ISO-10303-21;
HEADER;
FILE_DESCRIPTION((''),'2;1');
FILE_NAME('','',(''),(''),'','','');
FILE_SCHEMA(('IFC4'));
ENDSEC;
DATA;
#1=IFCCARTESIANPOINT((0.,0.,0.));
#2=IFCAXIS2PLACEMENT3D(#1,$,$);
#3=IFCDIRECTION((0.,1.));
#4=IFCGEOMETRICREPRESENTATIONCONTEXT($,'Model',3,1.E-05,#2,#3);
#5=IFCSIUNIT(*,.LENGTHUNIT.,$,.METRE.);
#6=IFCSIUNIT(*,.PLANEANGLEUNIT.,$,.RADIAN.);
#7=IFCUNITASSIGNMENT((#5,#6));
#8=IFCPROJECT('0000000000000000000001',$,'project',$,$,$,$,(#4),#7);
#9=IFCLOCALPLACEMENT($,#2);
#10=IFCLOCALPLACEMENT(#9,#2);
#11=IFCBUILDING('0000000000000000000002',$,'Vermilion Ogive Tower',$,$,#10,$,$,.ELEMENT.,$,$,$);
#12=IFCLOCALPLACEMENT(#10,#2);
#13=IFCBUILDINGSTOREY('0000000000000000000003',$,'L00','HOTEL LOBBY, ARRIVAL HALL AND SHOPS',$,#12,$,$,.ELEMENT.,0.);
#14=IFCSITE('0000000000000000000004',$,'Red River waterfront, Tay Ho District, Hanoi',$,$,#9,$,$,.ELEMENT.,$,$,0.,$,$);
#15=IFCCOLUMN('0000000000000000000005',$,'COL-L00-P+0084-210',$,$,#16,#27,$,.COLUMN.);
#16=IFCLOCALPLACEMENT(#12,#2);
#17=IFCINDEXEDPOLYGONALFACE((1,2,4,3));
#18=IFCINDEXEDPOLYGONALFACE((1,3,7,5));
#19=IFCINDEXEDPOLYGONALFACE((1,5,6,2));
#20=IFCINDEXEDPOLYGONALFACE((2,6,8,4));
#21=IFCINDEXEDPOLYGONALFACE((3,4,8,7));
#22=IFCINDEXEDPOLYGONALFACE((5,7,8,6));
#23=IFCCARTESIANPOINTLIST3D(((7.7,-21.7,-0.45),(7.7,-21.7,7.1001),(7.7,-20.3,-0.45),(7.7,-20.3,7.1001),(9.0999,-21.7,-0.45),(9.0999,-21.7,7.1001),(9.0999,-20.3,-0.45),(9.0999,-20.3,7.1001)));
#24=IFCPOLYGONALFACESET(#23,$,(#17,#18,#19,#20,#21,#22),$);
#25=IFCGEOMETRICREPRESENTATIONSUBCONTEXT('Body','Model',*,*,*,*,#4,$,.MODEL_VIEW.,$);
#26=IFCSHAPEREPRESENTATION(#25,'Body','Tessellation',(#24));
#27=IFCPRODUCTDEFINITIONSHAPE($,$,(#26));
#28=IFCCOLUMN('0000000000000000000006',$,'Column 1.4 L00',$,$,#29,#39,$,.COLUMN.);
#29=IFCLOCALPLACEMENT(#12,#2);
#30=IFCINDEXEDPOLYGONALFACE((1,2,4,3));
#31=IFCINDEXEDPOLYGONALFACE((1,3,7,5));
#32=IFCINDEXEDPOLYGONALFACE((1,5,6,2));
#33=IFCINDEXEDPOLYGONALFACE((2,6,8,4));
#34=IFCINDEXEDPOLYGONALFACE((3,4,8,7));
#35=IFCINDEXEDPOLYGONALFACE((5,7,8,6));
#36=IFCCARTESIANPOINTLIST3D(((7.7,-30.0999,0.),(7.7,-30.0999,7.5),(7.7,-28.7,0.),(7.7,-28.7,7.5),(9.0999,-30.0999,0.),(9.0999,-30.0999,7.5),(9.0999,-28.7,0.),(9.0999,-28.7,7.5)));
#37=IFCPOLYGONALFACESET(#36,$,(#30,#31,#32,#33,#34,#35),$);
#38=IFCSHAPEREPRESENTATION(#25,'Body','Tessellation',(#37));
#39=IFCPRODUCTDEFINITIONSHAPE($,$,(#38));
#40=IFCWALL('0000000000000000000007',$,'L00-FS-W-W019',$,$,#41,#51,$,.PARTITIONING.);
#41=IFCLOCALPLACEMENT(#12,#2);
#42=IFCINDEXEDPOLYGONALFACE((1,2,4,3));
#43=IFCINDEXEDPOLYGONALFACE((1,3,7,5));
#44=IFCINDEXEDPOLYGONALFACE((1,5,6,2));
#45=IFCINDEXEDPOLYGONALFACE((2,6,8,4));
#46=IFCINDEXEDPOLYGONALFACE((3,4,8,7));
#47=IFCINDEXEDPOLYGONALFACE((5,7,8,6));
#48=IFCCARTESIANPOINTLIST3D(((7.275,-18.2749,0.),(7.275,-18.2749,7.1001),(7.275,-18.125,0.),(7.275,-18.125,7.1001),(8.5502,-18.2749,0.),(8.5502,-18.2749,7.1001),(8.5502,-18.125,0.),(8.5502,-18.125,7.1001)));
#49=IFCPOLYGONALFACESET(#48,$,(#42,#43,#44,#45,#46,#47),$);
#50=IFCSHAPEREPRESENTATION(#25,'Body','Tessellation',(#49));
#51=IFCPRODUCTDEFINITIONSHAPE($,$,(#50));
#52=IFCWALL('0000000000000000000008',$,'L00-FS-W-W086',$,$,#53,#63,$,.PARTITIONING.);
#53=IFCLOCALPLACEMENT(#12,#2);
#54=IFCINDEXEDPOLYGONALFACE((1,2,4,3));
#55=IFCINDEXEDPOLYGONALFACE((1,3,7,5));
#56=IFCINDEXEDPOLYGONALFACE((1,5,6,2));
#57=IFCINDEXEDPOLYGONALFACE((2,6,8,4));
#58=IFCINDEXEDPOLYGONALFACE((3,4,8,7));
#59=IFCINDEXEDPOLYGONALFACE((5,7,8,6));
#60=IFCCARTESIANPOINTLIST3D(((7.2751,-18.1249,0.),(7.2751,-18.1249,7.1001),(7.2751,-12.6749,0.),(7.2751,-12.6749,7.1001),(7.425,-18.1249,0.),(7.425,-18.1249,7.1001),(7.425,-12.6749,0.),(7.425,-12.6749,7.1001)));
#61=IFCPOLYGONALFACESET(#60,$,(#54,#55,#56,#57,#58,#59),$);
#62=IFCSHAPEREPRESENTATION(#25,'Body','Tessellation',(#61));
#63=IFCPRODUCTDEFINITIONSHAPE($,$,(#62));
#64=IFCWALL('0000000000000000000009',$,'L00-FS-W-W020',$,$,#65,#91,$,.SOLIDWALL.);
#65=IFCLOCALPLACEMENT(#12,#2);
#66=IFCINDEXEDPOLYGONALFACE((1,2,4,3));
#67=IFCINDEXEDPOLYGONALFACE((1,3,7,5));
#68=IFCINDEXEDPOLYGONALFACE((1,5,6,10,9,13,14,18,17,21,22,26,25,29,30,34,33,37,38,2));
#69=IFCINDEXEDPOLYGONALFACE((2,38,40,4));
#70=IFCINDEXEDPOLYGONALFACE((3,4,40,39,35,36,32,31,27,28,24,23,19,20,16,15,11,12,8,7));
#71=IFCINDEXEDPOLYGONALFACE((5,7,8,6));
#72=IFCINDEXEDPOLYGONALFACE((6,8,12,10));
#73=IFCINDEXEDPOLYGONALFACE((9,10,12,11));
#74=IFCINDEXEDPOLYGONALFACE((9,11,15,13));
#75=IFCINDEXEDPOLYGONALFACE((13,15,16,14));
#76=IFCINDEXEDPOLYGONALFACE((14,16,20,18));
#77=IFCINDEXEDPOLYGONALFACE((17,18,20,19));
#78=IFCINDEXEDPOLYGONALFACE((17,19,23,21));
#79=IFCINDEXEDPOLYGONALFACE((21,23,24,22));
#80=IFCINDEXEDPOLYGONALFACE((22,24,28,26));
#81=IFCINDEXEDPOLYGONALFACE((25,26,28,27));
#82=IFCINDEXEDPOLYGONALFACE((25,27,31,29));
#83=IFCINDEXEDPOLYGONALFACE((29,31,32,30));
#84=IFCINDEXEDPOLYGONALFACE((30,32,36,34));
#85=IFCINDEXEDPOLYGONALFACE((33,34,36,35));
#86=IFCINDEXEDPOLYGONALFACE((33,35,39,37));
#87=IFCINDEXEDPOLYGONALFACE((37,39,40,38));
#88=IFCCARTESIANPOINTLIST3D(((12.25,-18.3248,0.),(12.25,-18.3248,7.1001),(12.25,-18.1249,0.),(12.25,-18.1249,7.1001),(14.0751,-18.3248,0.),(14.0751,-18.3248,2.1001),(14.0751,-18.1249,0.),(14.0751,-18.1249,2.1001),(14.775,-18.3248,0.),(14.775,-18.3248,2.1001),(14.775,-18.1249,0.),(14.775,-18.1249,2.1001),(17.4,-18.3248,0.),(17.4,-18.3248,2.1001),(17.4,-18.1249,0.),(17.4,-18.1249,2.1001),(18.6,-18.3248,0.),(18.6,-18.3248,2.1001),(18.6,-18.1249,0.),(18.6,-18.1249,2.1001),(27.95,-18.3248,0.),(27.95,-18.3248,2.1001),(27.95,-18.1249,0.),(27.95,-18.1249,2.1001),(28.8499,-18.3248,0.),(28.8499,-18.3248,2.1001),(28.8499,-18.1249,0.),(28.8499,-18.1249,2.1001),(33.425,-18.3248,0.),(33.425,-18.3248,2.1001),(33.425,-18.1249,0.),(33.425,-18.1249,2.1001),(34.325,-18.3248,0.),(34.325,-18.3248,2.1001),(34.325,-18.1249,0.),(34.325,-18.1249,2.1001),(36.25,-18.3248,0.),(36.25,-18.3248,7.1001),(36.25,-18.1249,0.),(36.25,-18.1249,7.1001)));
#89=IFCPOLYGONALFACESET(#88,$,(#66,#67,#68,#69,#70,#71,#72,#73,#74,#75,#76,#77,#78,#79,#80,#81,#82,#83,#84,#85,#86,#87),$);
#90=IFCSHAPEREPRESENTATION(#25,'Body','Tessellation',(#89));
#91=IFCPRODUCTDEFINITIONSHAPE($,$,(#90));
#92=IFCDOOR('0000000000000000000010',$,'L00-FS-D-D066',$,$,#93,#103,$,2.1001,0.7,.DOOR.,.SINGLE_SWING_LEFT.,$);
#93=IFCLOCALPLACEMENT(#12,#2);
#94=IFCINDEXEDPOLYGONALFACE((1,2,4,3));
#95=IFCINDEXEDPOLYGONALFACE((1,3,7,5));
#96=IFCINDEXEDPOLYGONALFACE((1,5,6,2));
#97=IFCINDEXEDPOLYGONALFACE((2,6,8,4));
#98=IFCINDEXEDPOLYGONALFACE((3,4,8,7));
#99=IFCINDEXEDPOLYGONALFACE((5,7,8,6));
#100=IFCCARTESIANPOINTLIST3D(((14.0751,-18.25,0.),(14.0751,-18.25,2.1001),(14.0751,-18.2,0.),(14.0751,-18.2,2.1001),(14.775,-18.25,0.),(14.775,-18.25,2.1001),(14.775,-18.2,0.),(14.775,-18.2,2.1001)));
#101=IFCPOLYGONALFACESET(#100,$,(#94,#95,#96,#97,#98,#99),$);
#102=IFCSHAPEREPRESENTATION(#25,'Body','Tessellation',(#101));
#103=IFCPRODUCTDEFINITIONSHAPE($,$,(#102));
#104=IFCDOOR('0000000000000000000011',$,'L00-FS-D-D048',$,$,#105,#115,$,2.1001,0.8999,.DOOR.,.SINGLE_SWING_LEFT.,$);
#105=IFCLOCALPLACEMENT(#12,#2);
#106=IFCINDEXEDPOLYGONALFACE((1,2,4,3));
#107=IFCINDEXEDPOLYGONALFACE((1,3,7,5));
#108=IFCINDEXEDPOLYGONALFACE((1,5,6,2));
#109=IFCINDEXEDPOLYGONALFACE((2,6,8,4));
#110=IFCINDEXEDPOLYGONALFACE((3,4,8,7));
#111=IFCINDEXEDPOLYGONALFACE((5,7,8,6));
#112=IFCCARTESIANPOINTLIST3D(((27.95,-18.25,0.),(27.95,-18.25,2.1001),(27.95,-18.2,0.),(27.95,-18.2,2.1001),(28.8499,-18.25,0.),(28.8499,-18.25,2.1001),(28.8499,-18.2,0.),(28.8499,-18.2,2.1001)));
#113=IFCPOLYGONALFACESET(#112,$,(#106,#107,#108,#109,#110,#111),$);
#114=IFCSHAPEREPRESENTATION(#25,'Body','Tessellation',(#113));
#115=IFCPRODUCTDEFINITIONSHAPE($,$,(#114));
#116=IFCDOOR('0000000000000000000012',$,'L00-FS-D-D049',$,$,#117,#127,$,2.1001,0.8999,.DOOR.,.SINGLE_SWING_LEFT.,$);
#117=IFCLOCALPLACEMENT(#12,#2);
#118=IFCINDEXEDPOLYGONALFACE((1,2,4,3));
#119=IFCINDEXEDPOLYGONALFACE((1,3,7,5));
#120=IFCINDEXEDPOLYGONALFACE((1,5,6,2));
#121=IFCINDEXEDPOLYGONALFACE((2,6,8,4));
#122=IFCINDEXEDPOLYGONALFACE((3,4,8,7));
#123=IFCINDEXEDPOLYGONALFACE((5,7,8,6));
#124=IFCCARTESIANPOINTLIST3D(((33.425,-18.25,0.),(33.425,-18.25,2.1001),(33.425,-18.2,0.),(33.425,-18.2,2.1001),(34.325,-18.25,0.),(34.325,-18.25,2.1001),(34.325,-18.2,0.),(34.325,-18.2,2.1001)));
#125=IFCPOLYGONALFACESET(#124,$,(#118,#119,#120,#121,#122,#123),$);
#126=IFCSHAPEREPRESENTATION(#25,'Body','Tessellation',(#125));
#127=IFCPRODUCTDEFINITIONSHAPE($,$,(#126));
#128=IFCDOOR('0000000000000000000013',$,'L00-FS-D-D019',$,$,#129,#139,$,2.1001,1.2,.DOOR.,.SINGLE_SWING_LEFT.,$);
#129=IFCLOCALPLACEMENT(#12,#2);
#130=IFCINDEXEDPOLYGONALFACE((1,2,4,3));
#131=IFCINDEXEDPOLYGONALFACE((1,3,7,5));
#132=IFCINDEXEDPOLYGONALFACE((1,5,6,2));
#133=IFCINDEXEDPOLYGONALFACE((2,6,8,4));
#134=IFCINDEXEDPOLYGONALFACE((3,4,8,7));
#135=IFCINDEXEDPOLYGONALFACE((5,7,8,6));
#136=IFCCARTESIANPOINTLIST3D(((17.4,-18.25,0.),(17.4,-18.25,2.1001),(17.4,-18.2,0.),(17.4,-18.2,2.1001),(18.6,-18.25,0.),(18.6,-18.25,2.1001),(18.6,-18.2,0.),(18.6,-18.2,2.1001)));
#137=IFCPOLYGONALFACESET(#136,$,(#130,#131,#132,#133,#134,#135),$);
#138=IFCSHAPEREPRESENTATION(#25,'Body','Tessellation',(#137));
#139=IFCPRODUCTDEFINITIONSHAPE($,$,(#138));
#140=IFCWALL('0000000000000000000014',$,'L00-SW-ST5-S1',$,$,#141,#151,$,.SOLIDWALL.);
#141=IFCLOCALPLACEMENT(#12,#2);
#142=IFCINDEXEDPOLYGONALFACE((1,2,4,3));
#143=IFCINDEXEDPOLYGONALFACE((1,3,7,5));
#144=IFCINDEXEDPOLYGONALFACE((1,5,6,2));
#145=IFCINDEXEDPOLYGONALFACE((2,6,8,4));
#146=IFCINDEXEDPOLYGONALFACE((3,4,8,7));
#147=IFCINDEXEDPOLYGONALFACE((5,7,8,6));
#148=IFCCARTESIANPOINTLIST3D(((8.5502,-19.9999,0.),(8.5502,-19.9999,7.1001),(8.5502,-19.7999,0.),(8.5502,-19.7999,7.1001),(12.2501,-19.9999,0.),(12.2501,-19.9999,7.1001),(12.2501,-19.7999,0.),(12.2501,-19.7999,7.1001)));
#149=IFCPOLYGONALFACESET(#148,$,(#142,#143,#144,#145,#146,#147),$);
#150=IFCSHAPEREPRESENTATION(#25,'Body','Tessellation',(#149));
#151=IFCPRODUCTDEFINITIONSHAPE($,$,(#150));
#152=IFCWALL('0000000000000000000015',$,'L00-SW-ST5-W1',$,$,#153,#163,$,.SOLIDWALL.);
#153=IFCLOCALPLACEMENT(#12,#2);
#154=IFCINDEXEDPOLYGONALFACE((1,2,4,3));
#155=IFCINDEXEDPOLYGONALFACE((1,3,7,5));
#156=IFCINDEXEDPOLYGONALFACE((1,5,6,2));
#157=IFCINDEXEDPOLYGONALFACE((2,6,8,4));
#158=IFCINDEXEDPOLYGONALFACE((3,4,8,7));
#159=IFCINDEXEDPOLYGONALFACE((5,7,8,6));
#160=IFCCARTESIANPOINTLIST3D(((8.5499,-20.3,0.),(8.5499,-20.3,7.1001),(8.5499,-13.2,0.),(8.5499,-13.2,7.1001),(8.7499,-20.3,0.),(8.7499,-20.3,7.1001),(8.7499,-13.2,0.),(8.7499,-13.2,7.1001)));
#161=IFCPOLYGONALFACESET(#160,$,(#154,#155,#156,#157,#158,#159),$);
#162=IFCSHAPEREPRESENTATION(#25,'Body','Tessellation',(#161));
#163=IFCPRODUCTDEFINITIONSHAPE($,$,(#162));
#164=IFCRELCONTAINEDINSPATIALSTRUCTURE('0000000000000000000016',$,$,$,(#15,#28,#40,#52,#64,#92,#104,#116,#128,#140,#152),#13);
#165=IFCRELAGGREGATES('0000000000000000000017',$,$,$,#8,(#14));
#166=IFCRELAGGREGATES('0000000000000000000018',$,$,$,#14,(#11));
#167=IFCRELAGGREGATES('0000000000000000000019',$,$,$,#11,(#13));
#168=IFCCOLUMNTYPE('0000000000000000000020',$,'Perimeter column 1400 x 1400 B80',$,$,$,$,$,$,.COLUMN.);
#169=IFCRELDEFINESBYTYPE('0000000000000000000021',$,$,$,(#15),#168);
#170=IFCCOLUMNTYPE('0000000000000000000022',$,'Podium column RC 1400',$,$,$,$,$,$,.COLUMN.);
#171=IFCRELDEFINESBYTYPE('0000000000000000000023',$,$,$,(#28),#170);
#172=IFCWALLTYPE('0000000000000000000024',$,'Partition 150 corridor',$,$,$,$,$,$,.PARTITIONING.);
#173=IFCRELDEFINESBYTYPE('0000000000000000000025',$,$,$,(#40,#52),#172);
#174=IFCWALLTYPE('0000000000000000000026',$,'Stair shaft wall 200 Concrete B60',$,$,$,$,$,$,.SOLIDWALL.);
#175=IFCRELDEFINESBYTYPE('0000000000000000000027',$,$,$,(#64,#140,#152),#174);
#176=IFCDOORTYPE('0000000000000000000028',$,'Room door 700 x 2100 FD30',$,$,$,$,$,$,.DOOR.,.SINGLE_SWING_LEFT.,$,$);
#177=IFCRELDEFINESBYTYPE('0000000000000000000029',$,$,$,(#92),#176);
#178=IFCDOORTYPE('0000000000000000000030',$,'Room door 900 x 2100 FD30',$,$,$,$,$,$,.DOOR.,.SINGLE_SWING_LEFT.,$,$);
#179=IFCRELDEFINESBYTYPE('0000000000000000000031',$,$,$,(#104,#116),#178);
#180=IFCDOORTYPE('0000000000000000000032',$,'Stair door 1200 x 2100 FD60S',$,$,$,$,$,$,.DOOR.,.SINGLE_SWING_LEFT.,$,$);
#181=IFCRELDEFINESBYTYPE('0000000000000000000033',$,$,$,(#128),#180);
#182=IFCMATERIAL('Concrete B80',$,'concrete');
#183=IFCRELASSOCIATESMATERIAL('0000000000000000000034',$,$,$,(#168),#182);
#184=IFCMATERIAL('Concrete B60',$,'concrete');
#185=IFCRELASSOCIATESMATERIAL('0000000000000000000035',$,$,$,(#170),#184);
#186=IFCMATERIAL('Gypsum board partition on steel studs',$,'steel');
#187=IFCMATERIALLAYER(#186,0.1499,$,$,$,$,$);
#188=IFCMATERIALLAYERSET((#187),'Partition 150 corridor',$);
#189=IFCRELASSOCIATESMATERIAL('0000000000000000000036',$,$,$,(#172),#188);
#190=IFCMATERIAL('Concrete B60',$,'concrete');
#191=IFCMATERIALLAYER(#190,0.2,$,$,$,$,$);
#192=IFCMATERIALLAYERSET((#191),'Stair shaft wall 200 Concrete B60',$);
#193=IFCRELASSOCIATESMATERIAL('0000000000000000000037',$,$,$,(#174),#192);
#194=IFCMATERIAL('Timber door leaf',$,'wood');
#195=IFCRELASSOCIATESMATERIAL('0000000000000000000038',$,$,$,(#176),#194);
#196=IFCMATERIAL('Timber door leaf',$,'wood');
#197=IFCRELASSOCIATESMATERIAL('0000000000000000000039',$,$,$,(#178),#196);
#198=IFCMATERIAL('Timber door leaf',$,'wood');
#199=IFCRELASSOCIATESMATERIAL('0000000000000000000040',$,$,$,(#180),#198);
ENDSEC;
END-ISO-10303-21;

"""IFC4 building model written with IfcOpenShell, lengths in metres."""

from ifc_helpers import new_model, si_unit, direction, frame, frame_2d, origin, origin_2d, place, context, subcontext, project, spatial, rectangle, extrude, material, layer, layer_set, material_profile, profile_set, type_object, element, fill, save


model = new_model("IFC4")

# Units and contexts
model_context = context("Model", 3, precision=1e-05, world=origin(), true_north=direction((0.0, 1.0)))
body_context = subcontext(model_context, "Body", "Model", "MODEL_VIEW")
ifc_project = project(units=[si_unit("LENGTHUNIT", "METRE"), si_unit("PLANEANGLEUNIT", "RADIAN")], contexts=[model_context])

# Site, building, storey
site_placement = place(None, origin())
site = spatial("IfcSite", under=ifc_project, at=site_placement, Name="Red River waterfront, Tay Ho District, Hanoi", CompositionType="ELEMENT", RefElevation=0.0)
building_placement = place(site_placement, origin())
building = spatial("IfcBuilding", under=site, at=building_placement, Name="Vermilion Ogive Tower", CompositionType="ELEMENT")
storey_placement = place(building_placement, origin())
storey = spatial("IfcBuildingStorey", under=building, at=storey_placement, Name="L00", Description="HOTEL LOBBY, ARRIVAL HALL AND SHOPS", CompositionType="ELEMENT", Elevation=0.0)

# Columns
ifc_material_1 = material(Name="Concrete B80", Category="concrete")
ifc_material_profile_1 = material_profile(ifc_material_1, rectangle(XDim=1.3999, YDim=1.3999, at=origin_2d()), Name="1400 x 1400")
ifc_profile_set_1 = profile_set([ifc_material_profile_1], Name="Concrete B80")
column_type_1 = type_object("IfcColumnType", Name="Perimeter column 1400 x 1400 B80", PredefinedType="COLUMN", material=ifc_profile_set_1)
column_1_placement = place(storey_placement, frame((8.3999, -21.0, -0.45), z_axis=(0.0, 0.0, 1.0), x_axis=(1.0, 0.0, 0.0)))
element("IfcColumn", 1, at=column_1_placement, inside=storey, type_object=column_type_1, Name="COL-L00-P+0084-210", PredefinedType="COLUMN", context=body_context, shape_type="SweptSolid", body=[
    extrude(rectangle(XDim=1.3999, YDim=1.3999, at=origin_2d()), origin(), (0.0, 0.0, 1.0), 7.55),
])
ifc_material_2 = material(Name="Concrete B60", Category="concrete")
ifc_material_profile_2 = material_profile(ifc_material_2, rectangle(XDim=1.3999, YDim=1.3999, at=origin_2d()), Name="RC 1400x1400")
ifc_profile_set_2 = profile_set([ifc_material_profile_2], Name="Concrete B60")
column_type_2 = type_object("IfcColumnType", Name="Podium column RC 1400", PredefinedType="COLUMN", material=ifc_profile_set_2)
column_2_placement = place(storey_placement, frame((8.3999, -29.3999, 0.0), z_axis=(0.0, 0.0, 1.0), x_axis=(1.0, 0.0, 0.0)))
element("IfcColumn", 2, at=column_2_placement, inside=storey, type_object=column_type_2, Name="Column 1.4 L00", PredefinedType="COLUMN", context=body_context, shape_type="SweptSolid", body=[
    extrude(rectangle(XDim=1.3999, YDim=1.3999, at=origin_2d()), origin(), (0.0, 0.0, 1.0), 7.5),
])

# Walls
ifc_material_3 = material(Name="Gypsum board partition on steel studs", Category="steel")
ifc_layer_1 = layer(ifc_material_3, 0.1499)
ifc_layer_set_1 = layer_set([ifc_layer_1], Name="Partition 150 corridor")
wall_type_1 = type_object("IfcWallType", Name="Partition 150 corridor", PredefinedType="PARTITIONING", material=ifc_layer_set_1)
wall_1_placement = place(storey_placement, frame((7.2749, -18.2, 0.0), z_axis=(0.0, 0.0, 1.0), x_axis=(1.0, 0.0, 0.0)))
element("IfcWall", 3, at=wall_1_placement, inside=storey, type_object=wall_type_1, Name="L00-FS-W-W019", PredefinedType="PARTITIONING", context=body_context, shape_type="SweptSolid", body=[
    extrude(rectangle(XDim=1.2751, YDim=0.1499, at=frame_2d((0.6377, 0.0))), origin(), (0.0, 0.0, 1.0), 7.1001),
])
wall_2_placement = place(storey_placement, frame((7.3501, -18.125, 0.0), z_axis=(0.0, 0.0, 1.0), x_axis=(0.0, 1.0, 0.0)))
element("IfcWall", 4, at=wall_2_placement, inside=storey, type_object=wall_type_1, Name="L00-FS-W-W086", PredefinedType="PARTITIONING", context=body_context, shape_type="SweptSolid", body=[
    extrude(rectangle(XDim=5.45, YDim=0.1499, at=frame_2d((2.7251, 0.0))), origin(), (0.0, 0.0, 1.0), 7.1001),
])

# Wall, openings, doors
ifc_material_4 = material(Name="Concrete B60", Category="concrete")
ifc_layer_2 = layer(ifc_material_4, 0.2)
ifc_layer_set_2 = layer_set([ifc_layer_2], Name="Stair shaft wall 200 Concrete B60")
wall_type_2 = type_object("IfcWallType", Name="Stair shaft wall 200 Concrete B60", PredefinedType="SOLIDWALL", material=ifc_layer_set_2)
wall_3_placement = place(storey_placement, frame((12.25, -18.2249, 0.0), z_axis=(0.0, 0.0, 1.0), x_axis=(1.0, 0.0, 0.0)))
wall_3 = element("IfcWall", 5, at=wall_3_placement, inside=storey, type_object=wall_type_2, Name="L00-FS-W-W020", PredefinedType="SOLIDWALL", context=body_context, shape_type="SweptSolid", body=[
    extrude(rectangle(XDim=24.0, YDim=0.2, at=frame_2d((12.0, 0.0))), origin(), (0.0, 0.0, 1.0), 7.1001),
])
opening_1_placement = place(wall_3_placement, frame((5.1499, 0.0, 0.0)))
opening_1 = element("IfcOpeningElement", 6, at=opening_1_placement, cuts=wall_3, PredefinedType="OPENING", context=body_context, shape_type="SweptSolid", body=[
    extrude(rectangle(XDim=1.2, YDim=2.1001, at=frame_2d((0.6001, 1.05))), frame((0.0, 0.1099, 0.0), z_axis=(0.0, -1.0, 0.0), x_axis=(1.0, 0.0, 0.0)), (0.0, 0.0, 1.0), 0.22),
])
opening_2_placement = place(wall_3_placement, frame((15.7, 0.0, 0.0)))
opening_2 = element("IfcOpeningElement", 7, at=opening_2_placement, cuts=wall_3, PredefinedType="OPENING", context=body_context, shape_type="SweptSolid", body=[
    extrude(rectangle(XDim=0.8999, YDim=2.1001, at=frame_2d((0.45, 1.05))), frame((0.0, 0.1099, 0.0), z_axis=(0.0, -1.0, 0.0), x_axis=(1.0, 0.0, 0.0)), (0.0, 0.0, 1.0), 0.22),
])
opening_3_placement = place(wall_3_placement, frame((21.175, 0.0, 0.0)))
opening_3 = element("IfcOpeningElement", 8, at=opening_3_placement, cuts=wall_3, PredefinedType="OPENING", context=body_context, shape_type="SweptSolid", body=[
    extrude(rectangle(XDim=0.8999, YDim=2.1001, at=frame_2d((0.45, 1.05))), frame((0.0, 0.1099, 0.0), z_axis=(0.0, -1.0, 0.0), x_axis=(1.0, 0.0, 0.0)), (0.0, 0.0, 1.0), 0.22),
])
opening_4_placement = place(wall_3_placement, frame((1.825, 0.0, 0.0)))
opening_4 = element("IfcOpeningElement", 9, at=opening_4_placement, cuts=wall_3, PredefinedType="OPENING", context=body_context, shape_type="SweptSolid", body=[
    extrude(rectangle(XDim=0.7, YDim=2.1001, at=frame_2d((0.3501, 1.05))), frame((0.0, 0.1099, 0.0), z_axis=(0.0, -1.0, 0.0), x_axis=(1.0, 0.0, 0.0)), (0.0, 0.0, 1.0), 0.22),
])
ifc_material_5 = material(Name="Timber door leaf", Category="wood")
door_type_1 = type_object("IfcDoorType", Name="Room door 700 x 2100 FD30", OperationType="SINGLE_SWING_LEFT", PredefinedType="DOOR", material=ifc_material_5)
door_1_placement = place(opening_4_placement, origin())
door_1 = element("IfcDoor", 10, at=door_1_placement, inside=storey, type_object=door_type_1, Name="L00-FS-D-D066", OperationType="SINGLE_SWING_LEFT", OverallHeight=2.1001, OverallWidth=0.7, PredefinedType="DOOR", context=body_context, shape_type="SweptSolid", body=[
    extrude(rectangle(XDim=0.7, YDim=2.1001, at=frame_2d((0.3501, 1.05))), frame((0.0, 0.0249, 0.0), z_axis=(0.0, -1.0, 0.0), x_axis=(1.0, 0.0, 0.0)), (0.0, 0.0, 1.0), 0.05),
])
fill(opening_4, door_1)
ifc_material_6 = material(Name="Timber door leaf", Category="wood")
door_type_2 = type_object("IfcDoorType", Name="Room door 900 x 2100 FD30", OperationType="SINGLE_SWING_LEFT", PredefinedType="DOOR", material=ifc_material_6)
door_2_placement = place(opening_2_placement, origin())
door_2 = element("IfcDoor", 11, at=door_2_placement, inside=storey, type_object=door_type_2, Name="L00-FS-D-D048", OperationType="SINGLE_SWING_LEFT", OverallHeight=2.1001, OverallWidth=0.8999, PredefinedType="DOOR", context=body_context, shape_type="SweptSolid", body=[
    extrude(rectangle(XDim=0.8999, YDim=2.1001, at=frame_2d((0.45, 1.05))), frame((0.0, 0.0249, 0.0), z_axis=(0.0, -1.0, 0.0), x_axis=(1.0, 0.0, 0.0)), (0.0, 0.0, 1.0), 0.05),
])
fill(opening_2, door_2)
door_3_placement = place(opening_3_placement, origin())
door_3 = element("IfcDoor", 12, at=door_3_placement, inside=storey, type_object=door_type_2, Name="L00-FS-D-D049", OperationType="SINGLE_SWING_LEFT", OverallHeight=2.1001, OverallWidth=0.8999, PredefinedType="DOOR", context=body_context, shape_type="SweptSolid", body=[
    extrude(rectangle(XDim=0.8999, YDim=2.1001, at=frame_2d((0.45, 1.05))), frame((0.0, 0.0249, 0.0), z_axis=(0.0, -1.0, 0.0), x_axis=(1.0, 0.0, 0.0)), (0.0, 0.0, 1.0), 0.05),
])
fill(opening_3, door_3)
ifc_material_7 = material(Name="Timber door leaf", Category="wood")
door_type_3 = type_object("IfcDoorType", Name="Stair door 1200 x 2100 FD60S", OperationType="SINGLE_SWING_LEFT", PredefinedType="DOOR", material=ifc_material_7)
door_4_placement = place(opening_1_placement, origin())
door_4 = element("IfcDoor", 13, at=door_4_placement, inside=storey, type_object=door_type_3, Name="L00-FS-D-D019", OperationType="SINGLE_SWING_LEFT", OverallHeight=2.1001, OverallWidth=1.2, PredefinedType="DOOR", context=body_context, shape_type="SweptSolid", body=[
    extrude(rectangle(XDim=1.2, YDim=2.1001, at=frame_2d((0.6001, 1.05))), frame((0.0, 0.0249, 0.0), z_axis=(0.0, -1.0, 0.0), x_axis=(1.0, 0.0, 0.0)), (0.0, 0.0, 1.0), 0.05),
])
fill(opening_1, door_4)

# Walls
wall_4_placement = place(storey_placement, frame((8.55, -19.8999, 0.0), z_axis=(0.0, 0.0, 1.0), x_axis=(1.0, 0.0, 0.0)))
element("IfcWall", 14, at=wall_4_placement, inside=storey, type_object=wall_type_2, Name="L00-SW-ST5-S1", PredefinedType="SOLIDWALL", context=body_context, shape_type="SweptSolid", body=[
    extrude(rectangle(XDim=3.7, YDim=0.2, at=frame_2d((1.8501, 0.0))), origin(), (0.0, 0.0, 1.0), 7.1001),
])
wall_5_placement = place(storey_placement, frame((8.6499, -20.3, 0.0), z_axis=(0.0, 0.0, 1.0), x_axis=(0.0, 1.0, 0.0)))
element("IfcWall", 15, at=wall_5_placement, inside=storey, type_object=wall_type_2, Name="L00-SW-ST5-W1", PredefinedType="SOLIDWALL", context=body_context, shape_type="SweptSolid", body=[
    extrude(rectangle(XDim=7.1001, YDim=0.2, at=frame_2d((3.55, 0.0))), origin(), (0.0, 0.0, 1.0), 7.1001),
])

save(model, "model.ifc")
